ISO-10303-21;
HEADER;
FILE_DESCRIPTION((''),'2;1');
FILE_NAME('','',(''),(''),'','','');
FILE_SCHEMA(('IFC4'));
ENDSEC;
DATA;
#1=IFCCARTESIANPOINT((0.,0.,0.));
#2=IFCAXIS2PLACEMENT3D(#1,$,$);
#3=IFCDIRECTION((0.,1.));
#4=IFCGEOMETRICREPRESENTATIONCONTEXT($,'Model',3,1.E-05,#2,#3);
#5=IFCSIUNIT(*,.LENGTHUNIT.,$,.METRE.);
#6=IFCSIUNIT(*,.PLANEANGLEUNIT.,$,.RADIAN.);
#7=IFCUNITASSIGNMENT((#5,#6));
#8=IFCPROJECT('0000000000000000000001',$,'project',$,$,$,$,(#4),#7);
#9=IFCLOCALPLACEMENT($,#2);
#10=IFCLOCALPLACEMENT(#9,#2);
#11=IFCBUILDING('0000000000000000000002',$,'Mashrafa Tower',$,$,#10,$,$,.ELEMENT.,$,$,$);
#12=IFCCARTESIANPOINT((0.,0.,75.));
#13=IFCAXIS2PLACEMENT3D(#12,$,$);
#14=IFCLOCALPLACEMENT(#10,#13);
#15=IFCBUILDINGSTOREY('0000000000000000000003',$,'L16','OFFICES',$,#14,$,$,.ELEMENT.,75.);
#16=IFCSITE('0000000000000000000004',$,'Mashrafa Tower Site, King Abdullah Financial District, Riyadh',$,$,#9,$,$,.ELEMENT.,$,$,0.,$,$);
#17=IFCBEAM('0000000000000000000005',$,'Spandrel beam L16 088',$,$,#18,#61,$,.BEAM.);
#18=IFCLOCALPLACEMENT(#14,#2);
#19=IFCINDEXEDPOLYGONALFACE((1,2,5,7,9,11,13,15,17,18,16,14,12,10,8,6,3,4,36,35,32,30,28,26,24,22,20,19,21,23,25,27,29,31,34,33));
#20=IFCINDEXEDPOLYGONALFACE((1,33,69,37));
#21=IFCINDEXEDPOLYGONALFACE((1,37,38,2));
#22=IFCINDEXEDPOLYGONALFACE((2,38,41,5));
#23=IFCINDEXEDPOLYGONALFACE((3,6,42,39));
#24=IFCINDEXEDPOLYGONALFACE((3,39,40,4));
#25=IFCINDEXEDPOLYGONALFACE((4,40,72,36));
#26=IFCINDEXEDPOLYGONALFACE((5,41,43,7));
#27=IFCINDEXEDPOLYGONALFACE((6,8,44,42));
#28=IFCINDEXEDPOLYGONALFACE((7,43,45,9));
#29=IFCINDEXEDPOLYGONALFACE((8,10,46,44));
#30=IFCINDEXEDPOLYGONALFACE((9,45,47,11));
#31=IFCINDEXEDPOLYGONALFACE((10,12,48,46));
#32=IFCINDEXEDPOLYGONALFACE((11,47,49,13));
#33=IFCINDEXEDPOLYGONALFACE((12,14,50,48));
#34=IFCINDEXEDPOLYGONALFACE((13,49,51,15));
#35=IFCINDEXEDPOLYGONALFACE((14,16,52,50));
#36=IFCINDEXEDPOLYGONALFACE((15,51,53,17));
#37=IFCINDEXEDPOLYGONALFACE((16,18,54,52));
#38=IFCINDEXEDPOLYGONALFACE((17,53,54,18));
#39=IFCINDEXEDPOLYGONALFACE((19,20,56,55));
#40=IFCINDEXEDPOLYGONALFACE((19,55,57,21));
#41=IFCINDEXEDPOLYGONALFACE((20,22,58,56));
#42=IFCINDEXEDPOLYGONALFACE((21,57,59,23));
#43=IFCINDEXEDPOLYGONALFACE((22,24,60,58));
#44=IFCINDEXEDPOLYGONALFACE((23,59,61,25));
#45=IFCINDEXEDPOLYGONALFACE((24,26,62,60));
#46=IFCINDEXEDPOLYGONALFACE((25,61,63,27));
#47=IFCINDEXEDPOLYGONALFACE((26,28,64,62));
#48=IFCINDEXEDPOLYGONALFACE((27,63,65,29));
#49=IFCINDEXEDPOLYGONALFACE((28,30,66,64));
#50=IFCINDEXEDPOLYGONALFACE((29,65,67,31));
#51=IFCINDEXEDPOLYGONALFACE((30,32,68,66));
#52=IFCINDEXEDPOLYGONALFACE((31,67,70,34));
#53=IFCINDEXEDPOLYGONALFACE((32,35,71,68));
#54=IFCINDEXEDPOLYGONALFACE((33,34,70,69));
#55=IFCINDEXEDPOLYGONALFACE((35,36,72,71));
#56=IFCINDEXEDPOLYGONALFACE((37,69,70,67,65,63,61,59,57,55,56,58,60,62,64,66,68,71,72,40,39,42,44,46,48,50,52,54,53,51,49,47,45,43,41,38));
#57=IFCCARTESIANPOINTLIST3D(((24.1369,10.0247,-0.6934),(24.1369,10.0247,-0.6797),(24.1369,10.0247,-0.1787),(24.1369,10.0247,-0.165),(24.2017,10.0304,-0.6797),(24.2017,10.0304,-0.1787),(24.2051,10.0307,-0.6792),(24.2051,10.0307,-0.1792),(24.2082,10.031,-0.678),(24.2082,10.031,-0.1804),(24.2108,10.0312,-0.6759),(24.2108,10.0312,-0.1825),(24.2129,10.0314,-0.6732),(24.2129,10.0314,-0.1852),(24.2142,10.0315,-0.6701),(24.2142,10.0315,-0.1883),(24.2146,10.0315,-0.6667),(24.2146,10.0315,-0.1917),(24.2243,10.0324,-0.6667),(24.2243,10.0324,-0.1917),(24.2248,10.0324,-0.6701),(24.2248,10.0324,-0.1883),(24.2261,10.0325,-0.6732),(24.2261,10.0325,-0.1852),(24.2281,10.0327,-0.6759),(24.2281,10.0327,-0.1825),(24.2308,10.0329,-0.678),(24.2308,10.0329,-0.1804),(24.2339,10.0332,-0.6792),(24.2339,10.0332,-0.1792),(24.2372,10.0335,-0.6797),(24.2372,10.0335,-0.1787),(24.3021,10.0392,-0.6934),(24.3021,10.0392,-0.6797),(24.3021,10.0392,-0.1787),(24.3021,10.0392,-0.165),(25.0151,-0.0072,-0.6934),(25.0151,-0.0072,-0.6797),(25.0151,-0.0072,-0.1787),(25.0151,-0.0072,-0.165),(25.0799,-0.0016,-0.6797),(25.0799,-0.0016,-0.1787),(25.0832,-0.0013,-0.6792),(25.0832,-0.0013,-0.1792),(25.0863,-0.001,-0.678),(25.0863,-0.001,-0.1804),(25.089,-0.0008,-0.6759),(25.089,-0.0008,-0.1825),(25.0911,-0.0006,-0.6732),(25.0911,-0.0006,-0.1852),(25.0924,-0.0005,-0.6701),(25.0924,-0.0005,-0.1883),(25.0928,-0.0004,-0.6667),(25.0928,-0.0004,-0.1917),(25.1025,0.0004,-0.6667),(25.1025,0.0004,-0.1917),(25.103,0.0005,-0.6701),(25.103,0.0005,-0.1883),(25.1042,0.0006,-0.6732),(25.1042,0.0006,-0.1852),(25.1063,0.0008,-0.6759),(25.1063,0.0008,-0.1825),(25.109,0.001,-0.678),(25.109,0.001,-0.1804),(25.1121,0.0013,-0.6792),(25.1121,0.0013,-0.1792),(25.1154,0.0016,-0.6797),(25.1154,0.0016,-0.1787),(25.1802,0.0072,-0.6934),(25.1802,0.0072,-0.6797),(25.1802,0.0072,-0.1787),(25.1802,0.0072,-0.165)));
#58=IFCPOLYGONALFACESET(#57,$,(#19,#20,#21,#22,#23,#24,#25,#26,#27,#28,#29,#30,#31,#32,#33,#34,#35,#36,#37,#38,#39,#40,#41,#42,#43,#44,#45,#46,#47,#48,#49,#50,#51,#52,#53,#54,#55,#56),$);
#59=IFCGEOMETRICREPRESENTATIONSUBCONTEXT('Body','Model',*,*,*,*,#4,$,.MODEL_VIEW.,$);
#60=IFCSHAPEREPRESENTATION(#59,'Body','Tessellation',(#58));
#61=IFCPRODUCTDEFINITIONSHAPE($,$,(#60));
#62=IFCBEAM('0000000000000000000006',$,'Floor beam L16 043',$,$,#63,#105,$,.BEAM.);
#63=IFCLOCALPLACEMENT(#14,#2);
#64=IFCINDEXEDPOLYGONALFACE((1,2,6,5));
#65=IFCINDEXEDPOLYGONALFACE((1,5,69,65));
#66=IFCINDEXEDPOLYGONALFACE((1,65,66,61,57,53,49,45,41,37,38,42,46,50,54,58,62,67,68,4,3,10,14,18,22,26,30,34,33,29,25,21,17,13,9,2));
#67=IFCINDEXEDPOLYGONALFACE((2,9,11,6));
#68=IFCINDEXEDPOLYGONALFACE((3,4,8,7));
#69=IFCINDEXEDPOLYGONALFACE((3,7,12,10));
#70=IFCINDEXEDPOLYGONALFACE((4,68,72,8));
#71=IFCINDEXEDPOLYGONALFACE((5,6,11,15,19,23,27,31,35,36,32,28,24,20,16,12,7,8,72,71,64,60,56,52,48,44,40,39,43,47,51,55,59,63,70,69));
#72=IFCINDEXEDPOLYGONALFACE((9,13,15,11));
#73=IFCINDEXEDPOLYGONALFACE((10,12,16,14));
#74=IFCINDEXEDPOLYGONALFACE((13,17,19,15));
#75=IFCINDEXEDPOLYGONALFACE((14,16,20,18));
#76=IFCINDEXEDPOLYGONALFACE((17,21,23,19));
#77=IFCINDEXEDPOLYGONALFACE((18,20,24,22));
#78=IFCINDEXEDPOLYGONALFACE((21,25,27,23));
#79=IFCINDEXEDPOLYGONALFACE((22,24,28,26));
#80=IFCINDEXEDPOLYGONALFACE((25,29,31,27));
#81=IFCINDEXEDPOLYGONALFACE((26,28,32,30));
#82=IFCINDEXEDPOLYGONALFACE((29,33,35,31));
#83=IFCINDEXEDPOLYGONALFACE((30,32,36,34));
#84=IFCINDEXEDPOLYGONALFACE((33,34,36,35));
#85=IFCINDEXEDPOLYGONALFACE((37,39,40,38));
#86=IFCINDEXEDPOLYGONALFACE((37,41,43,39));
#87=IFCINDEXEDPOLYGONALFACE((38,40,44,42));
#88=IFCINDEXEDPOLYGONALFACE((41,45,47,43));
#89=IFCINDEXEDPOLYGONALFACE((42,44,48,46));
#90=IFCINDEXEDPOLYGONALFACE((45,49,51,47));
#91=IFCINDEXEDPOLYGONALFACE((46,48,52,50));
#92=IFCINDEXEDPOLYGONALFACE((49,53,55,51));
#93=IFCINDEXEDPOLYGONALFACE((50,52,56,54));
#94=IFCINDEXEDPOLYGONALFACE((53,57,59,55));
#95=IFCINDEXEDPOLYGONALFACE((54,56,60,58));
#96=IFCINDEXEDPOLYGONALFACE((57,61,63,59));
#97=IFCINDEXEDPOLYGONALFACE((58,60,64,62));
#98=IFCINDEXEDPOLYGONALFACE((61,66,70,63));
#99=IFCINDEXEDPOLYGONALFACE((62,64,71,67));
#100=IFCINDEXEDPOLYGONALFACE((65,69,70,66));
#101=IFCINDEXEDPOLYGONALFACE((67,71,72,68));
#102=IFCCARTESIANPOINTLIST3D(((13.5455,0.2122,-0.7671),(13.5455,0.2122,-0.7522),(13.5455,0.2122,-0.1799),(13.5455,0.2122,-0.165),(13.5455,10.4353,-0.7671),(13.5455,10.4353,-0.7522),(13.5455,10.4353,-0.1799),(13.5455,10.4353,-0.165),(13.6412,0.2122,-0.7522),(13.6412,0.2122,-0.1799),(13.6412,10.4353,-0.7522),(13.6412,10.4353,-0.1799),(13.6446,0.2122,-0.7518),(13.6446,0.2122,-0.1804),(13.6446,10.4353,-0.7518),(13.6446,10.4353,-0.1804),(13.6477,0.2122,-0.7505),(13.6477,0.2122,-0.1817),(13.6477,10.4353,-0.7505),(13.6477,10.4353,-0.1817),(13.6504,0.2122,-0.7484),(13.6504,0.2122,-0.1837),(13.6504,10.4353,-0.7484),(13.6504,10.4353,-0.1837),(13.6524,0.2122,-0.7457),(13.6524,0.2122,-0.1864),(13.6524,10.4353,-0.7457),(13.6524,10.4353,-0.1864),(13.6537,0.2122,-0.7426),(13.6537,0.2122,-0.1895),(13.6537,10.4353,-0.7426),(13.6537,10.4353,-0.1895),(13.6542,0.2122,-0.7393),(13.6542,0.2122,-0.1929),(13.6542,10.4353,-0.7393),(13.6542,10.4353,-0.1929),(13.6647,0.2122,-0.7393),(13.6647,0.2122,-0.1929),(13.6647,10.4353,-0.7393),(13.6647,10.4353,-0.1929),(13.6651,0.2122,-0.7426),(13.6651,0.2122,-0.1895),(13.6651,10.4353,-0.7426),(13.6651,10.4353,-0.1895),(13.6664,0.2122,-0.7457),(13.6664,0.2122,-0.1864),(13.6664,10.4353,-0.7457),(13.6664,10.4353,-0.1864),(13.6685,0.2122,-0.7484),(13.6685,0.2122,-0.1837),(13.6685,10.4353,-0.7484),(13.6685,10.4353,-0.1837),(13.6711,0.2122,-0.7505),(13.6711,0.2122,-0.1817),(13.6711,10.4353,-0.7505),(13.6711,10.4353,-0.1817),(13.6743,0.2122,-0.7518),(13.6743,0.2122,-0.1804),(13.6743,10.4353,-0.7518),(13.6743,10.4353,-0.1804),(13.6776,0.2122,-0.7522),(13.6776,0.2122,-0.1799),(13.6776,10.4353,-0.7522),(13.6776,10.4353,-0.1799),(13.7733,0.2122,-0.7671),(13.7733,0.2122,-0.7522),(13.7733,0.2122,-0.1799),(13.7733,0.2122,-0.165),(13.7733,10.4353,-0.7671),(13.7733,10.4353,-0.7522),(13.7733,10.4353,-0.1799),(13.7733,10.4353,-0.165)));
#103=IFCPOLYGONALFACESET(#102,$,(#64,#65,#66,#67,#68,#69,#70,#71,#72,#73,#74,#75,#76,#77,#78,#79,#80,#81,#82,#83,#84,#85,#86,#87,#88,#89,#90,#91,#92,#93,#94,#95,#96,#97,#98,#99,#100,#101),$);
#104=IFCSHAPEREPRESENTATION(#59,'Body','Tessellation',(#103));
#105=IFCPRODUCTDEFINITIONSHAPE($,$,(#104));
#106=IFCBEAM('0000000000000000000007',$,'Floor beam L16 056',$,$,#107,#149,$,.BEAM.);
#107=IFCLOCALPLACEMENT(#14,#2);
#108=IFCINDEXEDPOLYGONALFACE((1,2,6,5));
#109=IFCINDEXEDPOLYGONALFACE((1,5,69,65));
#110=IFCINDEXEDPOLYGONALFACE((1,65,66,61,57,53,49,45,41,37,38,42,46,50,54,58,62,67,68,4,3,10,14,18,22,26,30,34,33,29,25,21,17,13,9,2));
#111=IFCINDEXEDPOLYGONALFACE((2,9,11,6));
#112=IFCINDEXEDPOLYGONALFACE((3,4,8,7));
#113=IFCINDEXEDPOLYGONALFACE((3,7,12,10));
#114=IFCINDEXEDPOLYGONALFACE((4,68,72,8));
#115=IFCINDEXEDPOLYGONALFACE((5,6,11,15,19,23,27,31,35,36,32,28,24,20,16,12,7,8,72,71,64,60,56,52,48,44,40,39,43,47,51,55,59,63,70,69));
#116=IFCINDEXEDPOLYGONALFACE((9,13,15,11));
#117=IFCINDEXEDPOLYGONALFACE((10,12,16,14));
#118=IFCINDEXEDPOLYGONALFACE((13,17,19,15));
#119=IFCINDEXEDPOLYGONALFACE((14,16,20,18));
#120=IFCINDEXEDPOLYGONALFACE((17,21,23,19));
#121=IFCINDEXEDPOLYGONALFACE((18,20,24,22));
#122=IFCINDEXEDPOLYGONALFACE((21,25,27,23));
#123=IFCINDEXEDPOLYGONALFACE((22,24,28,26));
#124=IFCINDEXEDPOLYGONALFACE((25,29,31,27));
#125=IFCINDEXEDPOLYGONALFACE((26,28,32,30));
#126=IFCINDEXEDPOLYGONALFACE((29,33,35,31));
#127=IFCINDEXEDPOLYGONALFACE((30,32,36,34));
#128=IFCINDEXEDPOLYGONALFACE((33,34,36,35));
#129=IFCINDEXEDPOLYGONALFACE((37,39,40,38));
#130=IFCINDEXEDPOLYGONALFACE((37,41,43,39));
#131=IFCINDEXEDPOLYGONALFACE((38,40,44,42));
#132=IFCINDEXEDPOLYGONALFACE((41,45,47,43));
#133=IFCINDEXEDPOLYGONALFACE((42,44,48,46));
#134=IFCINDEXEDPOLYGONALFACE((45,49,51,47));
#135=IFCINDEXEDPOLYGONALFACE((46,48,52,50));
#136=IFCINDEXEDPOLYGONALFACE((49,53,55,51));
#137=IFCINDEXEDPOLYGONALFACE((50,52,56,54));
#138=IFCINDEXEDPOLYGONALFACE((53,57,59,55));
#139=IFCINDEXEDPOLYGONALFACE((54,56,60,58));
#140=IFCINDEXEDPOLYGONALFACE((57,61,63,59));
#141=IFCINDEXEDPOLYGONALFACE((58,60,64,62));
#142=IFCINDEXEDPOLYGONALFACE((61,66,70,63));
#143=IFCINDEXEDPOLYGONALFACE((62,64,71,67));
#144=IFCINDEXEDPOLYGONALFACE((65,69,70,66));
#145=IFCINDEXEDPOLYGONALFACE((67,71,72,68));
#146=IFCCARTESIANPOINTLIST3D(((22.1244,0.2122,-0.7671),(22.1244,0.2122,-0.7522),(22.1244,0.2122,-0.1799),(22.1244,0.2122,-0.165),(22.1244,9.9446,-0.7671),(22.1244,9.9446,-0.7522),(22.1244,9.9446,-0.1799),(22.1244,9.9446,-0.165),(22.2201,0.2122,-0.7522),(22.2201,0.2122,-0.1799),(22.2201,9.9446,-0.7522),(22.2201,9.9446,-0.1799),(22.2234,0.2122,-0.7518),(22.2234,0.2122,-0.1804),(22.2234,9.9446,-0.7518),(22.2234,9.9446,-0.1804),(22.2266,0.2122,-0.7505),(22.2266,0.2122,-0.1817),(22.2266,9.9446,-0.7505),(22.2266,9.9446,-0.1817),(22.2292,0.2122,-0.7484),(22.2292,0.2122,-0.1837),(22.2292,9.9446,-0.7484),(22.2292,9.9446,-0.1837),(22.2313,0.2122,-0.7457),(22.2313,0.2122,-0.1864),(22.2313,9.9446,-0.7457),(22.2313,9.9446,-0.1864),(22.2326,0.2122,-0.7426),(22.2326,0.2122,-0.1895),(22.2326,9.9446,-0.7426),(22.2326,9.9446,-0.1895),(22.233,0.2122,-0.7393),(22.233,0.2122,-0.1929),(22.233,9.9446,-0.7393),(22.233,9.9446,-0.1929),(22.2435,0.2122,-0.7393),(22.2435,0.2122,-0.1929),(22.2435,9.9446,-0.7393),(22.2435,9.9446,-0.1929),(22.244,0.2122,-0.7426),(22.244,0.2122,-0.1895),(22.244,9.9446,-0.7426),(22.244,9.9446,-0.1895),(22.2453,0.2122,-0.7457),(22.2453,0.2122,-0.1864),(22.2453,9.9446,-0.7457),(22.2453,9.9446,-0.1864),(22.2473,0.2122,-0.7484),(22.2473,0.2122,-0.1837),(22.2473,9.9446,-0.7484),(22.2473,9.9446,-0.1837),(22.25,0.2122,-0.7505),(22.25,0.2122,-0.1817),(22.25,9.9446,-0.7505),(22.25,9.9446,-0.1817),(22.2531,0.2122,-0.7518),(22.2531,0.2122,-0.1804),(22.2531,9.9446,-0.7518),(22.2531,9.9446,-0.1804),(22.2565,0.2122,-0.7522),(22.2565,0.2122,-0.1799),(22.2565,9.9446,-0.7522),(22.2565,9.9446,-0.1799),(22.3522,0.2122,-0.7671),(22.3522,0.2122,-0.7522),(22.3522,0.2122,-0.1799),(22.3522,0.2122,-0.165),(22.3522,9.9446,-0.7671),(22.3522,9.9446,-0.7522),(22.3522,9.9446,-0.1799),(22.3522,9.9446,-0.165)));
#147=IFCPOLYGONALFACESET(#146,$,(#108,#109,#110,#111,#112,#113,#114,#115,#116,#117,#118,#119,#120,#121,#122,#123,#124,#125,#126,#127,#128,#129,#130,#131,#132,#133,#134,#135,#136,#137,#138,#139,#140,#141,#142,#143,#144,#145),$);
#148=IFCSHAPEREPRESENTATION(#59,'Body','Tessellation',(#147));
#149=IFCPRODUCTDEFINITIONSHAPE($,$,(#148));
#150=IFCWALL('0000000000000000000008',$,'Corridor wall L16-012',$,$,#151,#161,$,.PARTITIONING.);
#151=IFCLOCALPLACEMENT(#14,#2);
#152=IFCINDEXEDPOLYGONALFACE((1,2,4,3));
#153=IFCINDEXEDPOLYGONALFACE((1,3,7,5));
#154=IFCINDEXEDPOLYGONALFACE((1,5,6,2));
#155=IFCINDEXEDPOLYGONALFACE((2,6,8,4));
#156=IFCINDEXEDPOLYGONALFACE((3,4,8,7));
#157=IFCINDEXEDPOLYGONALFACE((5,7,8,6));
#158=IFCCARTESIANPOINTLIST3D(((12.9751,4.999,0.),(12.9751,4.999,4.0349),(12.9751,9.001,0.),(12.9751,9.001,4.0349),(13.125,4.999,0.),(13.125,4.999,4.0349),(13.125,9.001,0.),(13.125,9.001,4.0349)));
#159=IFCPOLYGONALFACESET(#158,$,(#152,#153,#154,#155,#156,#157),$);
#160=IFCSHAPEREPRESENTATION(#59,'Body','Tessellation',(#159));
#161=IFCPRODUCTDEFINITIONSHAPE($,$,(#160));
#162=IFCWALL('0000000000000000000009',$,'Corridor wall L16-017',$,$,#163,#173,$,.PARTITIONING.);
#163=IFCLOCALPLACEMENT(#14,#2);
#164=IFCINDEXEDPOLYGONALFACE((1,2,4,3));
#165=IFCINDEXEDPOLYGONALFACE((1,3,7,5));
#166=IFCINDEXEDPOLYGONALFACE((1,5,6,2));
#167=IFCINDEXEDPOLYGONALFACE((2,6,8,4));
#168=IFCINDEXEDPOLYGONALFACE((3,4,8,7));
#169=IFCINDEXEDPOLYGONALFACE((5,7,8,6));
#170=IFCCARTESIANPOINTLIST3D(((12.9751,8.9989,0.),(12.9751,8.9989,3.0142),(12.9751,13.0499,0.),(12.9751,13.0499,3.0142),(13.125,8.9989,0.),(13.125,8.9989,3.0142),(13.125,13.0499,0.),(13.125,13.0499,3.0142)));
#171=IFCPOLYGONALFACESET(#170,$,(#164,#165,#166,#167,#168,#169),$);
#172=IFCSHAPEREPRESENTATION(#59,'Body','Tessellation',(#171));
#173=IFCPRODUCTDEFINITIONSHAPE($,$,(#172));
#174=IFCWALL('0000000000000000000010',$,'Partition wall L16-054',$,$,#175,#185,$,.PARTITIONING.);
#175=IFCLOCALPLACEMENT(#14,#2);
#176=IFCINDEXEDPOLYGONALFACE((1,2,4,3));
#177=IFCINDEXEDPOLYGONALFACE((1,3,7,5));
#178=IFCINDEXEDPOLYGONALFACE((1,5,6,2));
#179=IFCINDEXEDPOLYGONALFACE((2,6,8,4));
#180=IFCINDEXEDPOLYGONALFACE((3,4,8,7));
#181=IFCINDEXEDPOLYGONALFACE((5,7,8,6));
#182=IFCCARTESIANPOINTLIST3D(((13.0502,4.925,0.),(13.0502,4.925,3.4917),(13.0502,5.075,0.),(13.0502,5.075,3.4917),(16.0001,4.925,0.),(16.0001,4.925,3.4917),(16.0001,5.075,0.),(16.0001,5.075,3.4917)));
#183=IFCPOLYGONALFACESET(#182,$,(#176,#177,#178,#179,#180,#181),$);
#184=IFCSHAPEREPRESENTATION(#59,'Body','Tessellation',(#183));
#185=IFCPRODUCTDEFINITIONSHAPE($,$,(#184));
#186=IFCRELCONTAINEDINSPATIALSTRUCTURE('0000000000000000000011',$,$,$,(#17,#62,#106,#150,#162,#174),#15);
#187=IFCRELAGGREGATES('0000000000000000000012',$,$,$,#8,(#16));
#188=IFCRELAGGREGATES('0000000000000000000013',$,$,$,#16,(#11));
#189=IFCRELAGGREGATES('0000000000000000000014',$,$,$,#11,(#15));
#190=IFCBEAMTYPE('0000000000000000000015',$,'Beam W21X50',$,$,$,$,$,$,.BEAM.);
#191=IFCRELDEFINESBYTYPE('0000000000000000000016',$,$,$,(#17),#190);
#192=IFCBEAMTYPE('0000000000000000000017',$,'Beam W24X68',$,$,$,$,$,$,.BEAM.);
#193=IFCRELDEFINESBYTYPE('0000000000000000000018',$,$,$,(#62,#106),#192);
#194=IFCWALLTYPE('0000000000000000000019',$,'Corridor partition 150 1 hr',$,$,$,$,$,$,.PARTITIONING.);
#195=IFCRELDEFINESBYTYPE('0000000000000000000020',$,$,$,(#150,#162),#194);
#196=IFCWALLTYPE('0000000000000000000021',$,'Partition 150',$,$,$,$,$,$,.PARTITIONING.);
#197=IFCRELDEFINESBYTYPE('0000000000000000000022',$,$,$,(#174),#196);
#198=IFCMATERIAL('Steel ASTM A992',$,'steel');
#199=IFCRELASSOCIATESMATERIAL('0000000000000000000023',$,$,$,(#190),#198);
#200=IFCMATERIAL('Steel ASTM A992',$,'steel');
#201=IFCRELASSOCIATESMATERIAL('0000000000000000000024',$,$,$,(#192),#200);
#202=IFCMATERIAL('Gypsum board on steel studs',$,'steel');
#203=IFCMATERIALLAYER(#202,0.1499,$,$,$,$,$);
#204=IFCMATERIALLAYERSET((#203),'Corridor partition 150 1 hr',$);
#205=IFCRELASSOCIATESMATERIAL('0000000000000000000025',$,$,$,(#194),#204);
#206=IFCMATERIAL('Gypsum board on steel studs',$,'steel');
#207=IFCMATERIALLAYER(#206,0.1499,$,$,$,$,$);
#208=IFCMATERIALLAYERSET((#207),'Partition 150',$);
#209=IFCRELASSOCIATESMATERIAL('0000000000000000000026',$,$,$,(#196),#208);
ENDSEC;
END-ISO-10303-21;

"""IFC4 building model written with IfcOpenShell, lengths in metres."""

from ifc_helpers import new_model, si_unit, direction, frame, frame_2d, origin, origin_2d, place, context, subcontext, project, spatial, rectangle, i_section, extrude, material, layer, layer_set, material_profile, profile_set, type_object, element, save


model = new_model("IFC4")

# Units and contexts
model_context = context("Model", 3, precision=1e-05, world=origin(), true_north=direction((0.0, 1.0)))
body_context = subcontext(model_context, "Body", "Model", "MODEL_VIEW")
ifc_project = project(units=[si_unit("LENGTHUNIT", "METRE"), si_unit("PLANEANGLEUNIT", "RADIAN")], contexts=[model_context])

# Site, building, storey
site_placement = place(None, origin())
site = spatial("IfcSite", under=ifc_project, at=site_placement, Name="Mashrafa Tower Site, King Abdullah Financial District, Riyadh", CompositionType="ELEMENT", RefElevation=0.0)
building_placement = place(site_placement, origin())
building = spatial("IfcBuilding", under=site, at=building_placement, Name="Mashrafa Tower", CompositionType="ELEMENT")
storey_placement = place(building_placement, frame((0.0, 0.0, 75.0)))
storey = spatial("IfcBuildingStorey", under=building, at=storey_placement, Name="L16", Description="OFFICES", CompositionType="ELEMENT", Elevation=75.0)

# Beams
ifc_material_1 = material(Name="Steel ASTM A992", Category="steel")
ifc_material_profile_1 = material_profile(ifc_material_1, i_section(OverallWidth=0.1658, OverallDepth=0.5283, WebThickness=0.0098, FlangeThickness=0.0137, FilletRadius=0.0129, at=origin_2d()), Name="W21X50")
ifc_profile_set_1 = profile_set([ifc_material_profile_1], Name="Steel ASTM A992")
beam_type_1 = type_object("IfcBeamType", Name="Beam W21X50", PredefinedType="BEAM", material=ifc_profile_set_1)
beam_1_placement = place(storey_placement, frame((25.0977, 0.0, -0.4292), z_axis=(-0.087204, 0.99619, 0.0), x_axis=(-0.99619, -0.087204, 0.0)))
element("IfcBeam", 1, at=beam_1_placement, inside=storey, type_object=beam_type_1, Name="Spandrel beam L16 088", PredefinedType="BEAM", context=body_context, shape_type="SweptSolid", body=[
    extrude(i_section(OverallWidth=0.1658, OverallDepth=0.5283, WebThickness=0.0098, FlangeThickness=0.0137, FilletRadius=0.0129, at=origin_2d()), origin(), (0.0, 0.0, 1.0), 10.0703),
])
ifc_material_2 = material(Name="Steel ASTM A992", Category="steel")
ifc_material_profile_2 = material_profile(ifc_material_2, i_section(OverallWidth=0.2278, OverallDepth=0.6021, WebThickness=0.0105, FlangeThickness=0.0149, FilletRadius=0.0129, at=origin_2d()), Name="W24X68")
ifc_profile_set_2 = profile_set([ifc_material_profile_2], Name="Steel ASTM A992")
beam_type_2 = type_object("IfcBeamType", Name="Beam W24X68", PredefinedType="BEAM", material=ifc_profile_set_2)
beam_2_placement = place(storey_placement, frame((13.6594, 10.4353, -0.4661), z_axis=(0.0, -1.0, 0.0), x_axis=(1.0, 0.0, 0.0)))
element("IfcBeam", 2, at=beam_2_placement, inside=storey, type_object=beam_type_2, Name="Floor beam L16 043", PredefinedType="BEAM", context=body_context, shape_type="SweptSolid", body=[
    extrude(i_section(OverallWidth=0.2278, OverallDepth=0.6021, WebThickness=0.0105, FlangeThickness=0.0149, FilletRadius=0.0129, at=origin_2d()), origin(), (0.0, 0.0, 1.0), 10.2231),
])
beam_3_placement = place(storey_placement, frame((22.2383, 9.9446, -0.4661), z_axis=(0.0, -1.0, 0.0), x_axis=(1.0, 0.0, 0.0)))
element("IfcBeam", 3, at=beam_3_placement, inside=storey, type_object=beam_type_2, Name="Floor beam L16 056", PredefinedType="BEAM", context=body_context, shape_type="SweptSolid", body=[
    extrude(i_section(OverallWidth=0.2278, OverallDepth=0.6021, WebThickness=0.0105, FlangeThickness=0.0149, FilletRadius=0.0129, at=origin_2d()), origin(), (0.0, 0.0, 1.0), 9.7324),
])

# Walls
ifc_material_3 = material(Name="Gypsum board on steel studs", Category="steel")
ifc_layer_1 = layer(ifc_material_3, 0.1499)
ifc_layer_set_1 = layer_set([ifc_layer_1], Name="Corridor partition 150 1 hr")
wall_type_1 = type_object("IfcWallType", Name="Corridor partition 150 1 hr", PredefinedType="PARTITIONING", material=ifc_layer_set_1)
wall_1_placement = place(storey_placement, frame((13.05, 4.999, 0.0), z_axis=(0.0, 0.0, 1.0), x_axis=(0.0, 1.0, 0.0)))
element("IfcWall", 4, at=wall_1_placement, inside=storey, type_object=wall_type_1, Name="Corridor wall L16-012", PredefinedType="PARTITIONING", context=body_context, shape_type="SweptSolid", body=[
    extrude(rectangle(XDim=4.002, YDim=0.1499, at=frame_2d((2.001, 0.0))), origin(), (0.0, 0.0, 1.0), 4.0349),
])
wall_2_placement = place(storey_placement, frame((13.05, 8.999, 0.0), z_axis=(0.0, 0.0, 1.0), x_axis=(0.0, 1.0, 0.0)))
element("IfcWall", 5, at=wall_2_placement, inside=storey, type_object=wall_type_1, Name="Corridor wall L16-017", PredefinedType="PARTITIONING", context=body_context, shape_type="SweptSolid", body=[
    extrude(rectangle(XDim=4.051, YDim=0.1499, at=frame_2d((2.0254, 0.0))), origin(), (0.0, 0.0, 1.0), 3.0142),
])
ifc_material_4 = material(Name="Gypsum board on steel studs", Category="steel")
ifc_layer_2 = layer(ifc_material_4, 0.1499)
ifc_layer_set_2 = layer_set([ifc_layer_2], Name="Partition 150")
wall_type_2 = type_object("IfcWallType", Name="Partition 150", PredefinedType="PARTITIONING", material=ifc_layer_set_2)
wall_3_placement = place(storey_placement, frame((13.05, 5.0, 0.0), z_axis=(0.0, 0.0, 1.0), x_axis=(1.0, 0.0, 0.0)))
element("IfcWall", 6, at=wall_3_placement, inside=storey, type_object=wall_type_2, Name="Partition wall L16-054", PredefinedType="PARTITIONING", context=body_context, shape_type="SweptSolid", body=[
    extrude(rectangle(XDim=2.95, YDim=0.1499, at=frame_2d((1.4751, 0.0))), origin(), (0.0, 0.0, 1.0), 3.4917),
])

save(model, "model.ifc")
